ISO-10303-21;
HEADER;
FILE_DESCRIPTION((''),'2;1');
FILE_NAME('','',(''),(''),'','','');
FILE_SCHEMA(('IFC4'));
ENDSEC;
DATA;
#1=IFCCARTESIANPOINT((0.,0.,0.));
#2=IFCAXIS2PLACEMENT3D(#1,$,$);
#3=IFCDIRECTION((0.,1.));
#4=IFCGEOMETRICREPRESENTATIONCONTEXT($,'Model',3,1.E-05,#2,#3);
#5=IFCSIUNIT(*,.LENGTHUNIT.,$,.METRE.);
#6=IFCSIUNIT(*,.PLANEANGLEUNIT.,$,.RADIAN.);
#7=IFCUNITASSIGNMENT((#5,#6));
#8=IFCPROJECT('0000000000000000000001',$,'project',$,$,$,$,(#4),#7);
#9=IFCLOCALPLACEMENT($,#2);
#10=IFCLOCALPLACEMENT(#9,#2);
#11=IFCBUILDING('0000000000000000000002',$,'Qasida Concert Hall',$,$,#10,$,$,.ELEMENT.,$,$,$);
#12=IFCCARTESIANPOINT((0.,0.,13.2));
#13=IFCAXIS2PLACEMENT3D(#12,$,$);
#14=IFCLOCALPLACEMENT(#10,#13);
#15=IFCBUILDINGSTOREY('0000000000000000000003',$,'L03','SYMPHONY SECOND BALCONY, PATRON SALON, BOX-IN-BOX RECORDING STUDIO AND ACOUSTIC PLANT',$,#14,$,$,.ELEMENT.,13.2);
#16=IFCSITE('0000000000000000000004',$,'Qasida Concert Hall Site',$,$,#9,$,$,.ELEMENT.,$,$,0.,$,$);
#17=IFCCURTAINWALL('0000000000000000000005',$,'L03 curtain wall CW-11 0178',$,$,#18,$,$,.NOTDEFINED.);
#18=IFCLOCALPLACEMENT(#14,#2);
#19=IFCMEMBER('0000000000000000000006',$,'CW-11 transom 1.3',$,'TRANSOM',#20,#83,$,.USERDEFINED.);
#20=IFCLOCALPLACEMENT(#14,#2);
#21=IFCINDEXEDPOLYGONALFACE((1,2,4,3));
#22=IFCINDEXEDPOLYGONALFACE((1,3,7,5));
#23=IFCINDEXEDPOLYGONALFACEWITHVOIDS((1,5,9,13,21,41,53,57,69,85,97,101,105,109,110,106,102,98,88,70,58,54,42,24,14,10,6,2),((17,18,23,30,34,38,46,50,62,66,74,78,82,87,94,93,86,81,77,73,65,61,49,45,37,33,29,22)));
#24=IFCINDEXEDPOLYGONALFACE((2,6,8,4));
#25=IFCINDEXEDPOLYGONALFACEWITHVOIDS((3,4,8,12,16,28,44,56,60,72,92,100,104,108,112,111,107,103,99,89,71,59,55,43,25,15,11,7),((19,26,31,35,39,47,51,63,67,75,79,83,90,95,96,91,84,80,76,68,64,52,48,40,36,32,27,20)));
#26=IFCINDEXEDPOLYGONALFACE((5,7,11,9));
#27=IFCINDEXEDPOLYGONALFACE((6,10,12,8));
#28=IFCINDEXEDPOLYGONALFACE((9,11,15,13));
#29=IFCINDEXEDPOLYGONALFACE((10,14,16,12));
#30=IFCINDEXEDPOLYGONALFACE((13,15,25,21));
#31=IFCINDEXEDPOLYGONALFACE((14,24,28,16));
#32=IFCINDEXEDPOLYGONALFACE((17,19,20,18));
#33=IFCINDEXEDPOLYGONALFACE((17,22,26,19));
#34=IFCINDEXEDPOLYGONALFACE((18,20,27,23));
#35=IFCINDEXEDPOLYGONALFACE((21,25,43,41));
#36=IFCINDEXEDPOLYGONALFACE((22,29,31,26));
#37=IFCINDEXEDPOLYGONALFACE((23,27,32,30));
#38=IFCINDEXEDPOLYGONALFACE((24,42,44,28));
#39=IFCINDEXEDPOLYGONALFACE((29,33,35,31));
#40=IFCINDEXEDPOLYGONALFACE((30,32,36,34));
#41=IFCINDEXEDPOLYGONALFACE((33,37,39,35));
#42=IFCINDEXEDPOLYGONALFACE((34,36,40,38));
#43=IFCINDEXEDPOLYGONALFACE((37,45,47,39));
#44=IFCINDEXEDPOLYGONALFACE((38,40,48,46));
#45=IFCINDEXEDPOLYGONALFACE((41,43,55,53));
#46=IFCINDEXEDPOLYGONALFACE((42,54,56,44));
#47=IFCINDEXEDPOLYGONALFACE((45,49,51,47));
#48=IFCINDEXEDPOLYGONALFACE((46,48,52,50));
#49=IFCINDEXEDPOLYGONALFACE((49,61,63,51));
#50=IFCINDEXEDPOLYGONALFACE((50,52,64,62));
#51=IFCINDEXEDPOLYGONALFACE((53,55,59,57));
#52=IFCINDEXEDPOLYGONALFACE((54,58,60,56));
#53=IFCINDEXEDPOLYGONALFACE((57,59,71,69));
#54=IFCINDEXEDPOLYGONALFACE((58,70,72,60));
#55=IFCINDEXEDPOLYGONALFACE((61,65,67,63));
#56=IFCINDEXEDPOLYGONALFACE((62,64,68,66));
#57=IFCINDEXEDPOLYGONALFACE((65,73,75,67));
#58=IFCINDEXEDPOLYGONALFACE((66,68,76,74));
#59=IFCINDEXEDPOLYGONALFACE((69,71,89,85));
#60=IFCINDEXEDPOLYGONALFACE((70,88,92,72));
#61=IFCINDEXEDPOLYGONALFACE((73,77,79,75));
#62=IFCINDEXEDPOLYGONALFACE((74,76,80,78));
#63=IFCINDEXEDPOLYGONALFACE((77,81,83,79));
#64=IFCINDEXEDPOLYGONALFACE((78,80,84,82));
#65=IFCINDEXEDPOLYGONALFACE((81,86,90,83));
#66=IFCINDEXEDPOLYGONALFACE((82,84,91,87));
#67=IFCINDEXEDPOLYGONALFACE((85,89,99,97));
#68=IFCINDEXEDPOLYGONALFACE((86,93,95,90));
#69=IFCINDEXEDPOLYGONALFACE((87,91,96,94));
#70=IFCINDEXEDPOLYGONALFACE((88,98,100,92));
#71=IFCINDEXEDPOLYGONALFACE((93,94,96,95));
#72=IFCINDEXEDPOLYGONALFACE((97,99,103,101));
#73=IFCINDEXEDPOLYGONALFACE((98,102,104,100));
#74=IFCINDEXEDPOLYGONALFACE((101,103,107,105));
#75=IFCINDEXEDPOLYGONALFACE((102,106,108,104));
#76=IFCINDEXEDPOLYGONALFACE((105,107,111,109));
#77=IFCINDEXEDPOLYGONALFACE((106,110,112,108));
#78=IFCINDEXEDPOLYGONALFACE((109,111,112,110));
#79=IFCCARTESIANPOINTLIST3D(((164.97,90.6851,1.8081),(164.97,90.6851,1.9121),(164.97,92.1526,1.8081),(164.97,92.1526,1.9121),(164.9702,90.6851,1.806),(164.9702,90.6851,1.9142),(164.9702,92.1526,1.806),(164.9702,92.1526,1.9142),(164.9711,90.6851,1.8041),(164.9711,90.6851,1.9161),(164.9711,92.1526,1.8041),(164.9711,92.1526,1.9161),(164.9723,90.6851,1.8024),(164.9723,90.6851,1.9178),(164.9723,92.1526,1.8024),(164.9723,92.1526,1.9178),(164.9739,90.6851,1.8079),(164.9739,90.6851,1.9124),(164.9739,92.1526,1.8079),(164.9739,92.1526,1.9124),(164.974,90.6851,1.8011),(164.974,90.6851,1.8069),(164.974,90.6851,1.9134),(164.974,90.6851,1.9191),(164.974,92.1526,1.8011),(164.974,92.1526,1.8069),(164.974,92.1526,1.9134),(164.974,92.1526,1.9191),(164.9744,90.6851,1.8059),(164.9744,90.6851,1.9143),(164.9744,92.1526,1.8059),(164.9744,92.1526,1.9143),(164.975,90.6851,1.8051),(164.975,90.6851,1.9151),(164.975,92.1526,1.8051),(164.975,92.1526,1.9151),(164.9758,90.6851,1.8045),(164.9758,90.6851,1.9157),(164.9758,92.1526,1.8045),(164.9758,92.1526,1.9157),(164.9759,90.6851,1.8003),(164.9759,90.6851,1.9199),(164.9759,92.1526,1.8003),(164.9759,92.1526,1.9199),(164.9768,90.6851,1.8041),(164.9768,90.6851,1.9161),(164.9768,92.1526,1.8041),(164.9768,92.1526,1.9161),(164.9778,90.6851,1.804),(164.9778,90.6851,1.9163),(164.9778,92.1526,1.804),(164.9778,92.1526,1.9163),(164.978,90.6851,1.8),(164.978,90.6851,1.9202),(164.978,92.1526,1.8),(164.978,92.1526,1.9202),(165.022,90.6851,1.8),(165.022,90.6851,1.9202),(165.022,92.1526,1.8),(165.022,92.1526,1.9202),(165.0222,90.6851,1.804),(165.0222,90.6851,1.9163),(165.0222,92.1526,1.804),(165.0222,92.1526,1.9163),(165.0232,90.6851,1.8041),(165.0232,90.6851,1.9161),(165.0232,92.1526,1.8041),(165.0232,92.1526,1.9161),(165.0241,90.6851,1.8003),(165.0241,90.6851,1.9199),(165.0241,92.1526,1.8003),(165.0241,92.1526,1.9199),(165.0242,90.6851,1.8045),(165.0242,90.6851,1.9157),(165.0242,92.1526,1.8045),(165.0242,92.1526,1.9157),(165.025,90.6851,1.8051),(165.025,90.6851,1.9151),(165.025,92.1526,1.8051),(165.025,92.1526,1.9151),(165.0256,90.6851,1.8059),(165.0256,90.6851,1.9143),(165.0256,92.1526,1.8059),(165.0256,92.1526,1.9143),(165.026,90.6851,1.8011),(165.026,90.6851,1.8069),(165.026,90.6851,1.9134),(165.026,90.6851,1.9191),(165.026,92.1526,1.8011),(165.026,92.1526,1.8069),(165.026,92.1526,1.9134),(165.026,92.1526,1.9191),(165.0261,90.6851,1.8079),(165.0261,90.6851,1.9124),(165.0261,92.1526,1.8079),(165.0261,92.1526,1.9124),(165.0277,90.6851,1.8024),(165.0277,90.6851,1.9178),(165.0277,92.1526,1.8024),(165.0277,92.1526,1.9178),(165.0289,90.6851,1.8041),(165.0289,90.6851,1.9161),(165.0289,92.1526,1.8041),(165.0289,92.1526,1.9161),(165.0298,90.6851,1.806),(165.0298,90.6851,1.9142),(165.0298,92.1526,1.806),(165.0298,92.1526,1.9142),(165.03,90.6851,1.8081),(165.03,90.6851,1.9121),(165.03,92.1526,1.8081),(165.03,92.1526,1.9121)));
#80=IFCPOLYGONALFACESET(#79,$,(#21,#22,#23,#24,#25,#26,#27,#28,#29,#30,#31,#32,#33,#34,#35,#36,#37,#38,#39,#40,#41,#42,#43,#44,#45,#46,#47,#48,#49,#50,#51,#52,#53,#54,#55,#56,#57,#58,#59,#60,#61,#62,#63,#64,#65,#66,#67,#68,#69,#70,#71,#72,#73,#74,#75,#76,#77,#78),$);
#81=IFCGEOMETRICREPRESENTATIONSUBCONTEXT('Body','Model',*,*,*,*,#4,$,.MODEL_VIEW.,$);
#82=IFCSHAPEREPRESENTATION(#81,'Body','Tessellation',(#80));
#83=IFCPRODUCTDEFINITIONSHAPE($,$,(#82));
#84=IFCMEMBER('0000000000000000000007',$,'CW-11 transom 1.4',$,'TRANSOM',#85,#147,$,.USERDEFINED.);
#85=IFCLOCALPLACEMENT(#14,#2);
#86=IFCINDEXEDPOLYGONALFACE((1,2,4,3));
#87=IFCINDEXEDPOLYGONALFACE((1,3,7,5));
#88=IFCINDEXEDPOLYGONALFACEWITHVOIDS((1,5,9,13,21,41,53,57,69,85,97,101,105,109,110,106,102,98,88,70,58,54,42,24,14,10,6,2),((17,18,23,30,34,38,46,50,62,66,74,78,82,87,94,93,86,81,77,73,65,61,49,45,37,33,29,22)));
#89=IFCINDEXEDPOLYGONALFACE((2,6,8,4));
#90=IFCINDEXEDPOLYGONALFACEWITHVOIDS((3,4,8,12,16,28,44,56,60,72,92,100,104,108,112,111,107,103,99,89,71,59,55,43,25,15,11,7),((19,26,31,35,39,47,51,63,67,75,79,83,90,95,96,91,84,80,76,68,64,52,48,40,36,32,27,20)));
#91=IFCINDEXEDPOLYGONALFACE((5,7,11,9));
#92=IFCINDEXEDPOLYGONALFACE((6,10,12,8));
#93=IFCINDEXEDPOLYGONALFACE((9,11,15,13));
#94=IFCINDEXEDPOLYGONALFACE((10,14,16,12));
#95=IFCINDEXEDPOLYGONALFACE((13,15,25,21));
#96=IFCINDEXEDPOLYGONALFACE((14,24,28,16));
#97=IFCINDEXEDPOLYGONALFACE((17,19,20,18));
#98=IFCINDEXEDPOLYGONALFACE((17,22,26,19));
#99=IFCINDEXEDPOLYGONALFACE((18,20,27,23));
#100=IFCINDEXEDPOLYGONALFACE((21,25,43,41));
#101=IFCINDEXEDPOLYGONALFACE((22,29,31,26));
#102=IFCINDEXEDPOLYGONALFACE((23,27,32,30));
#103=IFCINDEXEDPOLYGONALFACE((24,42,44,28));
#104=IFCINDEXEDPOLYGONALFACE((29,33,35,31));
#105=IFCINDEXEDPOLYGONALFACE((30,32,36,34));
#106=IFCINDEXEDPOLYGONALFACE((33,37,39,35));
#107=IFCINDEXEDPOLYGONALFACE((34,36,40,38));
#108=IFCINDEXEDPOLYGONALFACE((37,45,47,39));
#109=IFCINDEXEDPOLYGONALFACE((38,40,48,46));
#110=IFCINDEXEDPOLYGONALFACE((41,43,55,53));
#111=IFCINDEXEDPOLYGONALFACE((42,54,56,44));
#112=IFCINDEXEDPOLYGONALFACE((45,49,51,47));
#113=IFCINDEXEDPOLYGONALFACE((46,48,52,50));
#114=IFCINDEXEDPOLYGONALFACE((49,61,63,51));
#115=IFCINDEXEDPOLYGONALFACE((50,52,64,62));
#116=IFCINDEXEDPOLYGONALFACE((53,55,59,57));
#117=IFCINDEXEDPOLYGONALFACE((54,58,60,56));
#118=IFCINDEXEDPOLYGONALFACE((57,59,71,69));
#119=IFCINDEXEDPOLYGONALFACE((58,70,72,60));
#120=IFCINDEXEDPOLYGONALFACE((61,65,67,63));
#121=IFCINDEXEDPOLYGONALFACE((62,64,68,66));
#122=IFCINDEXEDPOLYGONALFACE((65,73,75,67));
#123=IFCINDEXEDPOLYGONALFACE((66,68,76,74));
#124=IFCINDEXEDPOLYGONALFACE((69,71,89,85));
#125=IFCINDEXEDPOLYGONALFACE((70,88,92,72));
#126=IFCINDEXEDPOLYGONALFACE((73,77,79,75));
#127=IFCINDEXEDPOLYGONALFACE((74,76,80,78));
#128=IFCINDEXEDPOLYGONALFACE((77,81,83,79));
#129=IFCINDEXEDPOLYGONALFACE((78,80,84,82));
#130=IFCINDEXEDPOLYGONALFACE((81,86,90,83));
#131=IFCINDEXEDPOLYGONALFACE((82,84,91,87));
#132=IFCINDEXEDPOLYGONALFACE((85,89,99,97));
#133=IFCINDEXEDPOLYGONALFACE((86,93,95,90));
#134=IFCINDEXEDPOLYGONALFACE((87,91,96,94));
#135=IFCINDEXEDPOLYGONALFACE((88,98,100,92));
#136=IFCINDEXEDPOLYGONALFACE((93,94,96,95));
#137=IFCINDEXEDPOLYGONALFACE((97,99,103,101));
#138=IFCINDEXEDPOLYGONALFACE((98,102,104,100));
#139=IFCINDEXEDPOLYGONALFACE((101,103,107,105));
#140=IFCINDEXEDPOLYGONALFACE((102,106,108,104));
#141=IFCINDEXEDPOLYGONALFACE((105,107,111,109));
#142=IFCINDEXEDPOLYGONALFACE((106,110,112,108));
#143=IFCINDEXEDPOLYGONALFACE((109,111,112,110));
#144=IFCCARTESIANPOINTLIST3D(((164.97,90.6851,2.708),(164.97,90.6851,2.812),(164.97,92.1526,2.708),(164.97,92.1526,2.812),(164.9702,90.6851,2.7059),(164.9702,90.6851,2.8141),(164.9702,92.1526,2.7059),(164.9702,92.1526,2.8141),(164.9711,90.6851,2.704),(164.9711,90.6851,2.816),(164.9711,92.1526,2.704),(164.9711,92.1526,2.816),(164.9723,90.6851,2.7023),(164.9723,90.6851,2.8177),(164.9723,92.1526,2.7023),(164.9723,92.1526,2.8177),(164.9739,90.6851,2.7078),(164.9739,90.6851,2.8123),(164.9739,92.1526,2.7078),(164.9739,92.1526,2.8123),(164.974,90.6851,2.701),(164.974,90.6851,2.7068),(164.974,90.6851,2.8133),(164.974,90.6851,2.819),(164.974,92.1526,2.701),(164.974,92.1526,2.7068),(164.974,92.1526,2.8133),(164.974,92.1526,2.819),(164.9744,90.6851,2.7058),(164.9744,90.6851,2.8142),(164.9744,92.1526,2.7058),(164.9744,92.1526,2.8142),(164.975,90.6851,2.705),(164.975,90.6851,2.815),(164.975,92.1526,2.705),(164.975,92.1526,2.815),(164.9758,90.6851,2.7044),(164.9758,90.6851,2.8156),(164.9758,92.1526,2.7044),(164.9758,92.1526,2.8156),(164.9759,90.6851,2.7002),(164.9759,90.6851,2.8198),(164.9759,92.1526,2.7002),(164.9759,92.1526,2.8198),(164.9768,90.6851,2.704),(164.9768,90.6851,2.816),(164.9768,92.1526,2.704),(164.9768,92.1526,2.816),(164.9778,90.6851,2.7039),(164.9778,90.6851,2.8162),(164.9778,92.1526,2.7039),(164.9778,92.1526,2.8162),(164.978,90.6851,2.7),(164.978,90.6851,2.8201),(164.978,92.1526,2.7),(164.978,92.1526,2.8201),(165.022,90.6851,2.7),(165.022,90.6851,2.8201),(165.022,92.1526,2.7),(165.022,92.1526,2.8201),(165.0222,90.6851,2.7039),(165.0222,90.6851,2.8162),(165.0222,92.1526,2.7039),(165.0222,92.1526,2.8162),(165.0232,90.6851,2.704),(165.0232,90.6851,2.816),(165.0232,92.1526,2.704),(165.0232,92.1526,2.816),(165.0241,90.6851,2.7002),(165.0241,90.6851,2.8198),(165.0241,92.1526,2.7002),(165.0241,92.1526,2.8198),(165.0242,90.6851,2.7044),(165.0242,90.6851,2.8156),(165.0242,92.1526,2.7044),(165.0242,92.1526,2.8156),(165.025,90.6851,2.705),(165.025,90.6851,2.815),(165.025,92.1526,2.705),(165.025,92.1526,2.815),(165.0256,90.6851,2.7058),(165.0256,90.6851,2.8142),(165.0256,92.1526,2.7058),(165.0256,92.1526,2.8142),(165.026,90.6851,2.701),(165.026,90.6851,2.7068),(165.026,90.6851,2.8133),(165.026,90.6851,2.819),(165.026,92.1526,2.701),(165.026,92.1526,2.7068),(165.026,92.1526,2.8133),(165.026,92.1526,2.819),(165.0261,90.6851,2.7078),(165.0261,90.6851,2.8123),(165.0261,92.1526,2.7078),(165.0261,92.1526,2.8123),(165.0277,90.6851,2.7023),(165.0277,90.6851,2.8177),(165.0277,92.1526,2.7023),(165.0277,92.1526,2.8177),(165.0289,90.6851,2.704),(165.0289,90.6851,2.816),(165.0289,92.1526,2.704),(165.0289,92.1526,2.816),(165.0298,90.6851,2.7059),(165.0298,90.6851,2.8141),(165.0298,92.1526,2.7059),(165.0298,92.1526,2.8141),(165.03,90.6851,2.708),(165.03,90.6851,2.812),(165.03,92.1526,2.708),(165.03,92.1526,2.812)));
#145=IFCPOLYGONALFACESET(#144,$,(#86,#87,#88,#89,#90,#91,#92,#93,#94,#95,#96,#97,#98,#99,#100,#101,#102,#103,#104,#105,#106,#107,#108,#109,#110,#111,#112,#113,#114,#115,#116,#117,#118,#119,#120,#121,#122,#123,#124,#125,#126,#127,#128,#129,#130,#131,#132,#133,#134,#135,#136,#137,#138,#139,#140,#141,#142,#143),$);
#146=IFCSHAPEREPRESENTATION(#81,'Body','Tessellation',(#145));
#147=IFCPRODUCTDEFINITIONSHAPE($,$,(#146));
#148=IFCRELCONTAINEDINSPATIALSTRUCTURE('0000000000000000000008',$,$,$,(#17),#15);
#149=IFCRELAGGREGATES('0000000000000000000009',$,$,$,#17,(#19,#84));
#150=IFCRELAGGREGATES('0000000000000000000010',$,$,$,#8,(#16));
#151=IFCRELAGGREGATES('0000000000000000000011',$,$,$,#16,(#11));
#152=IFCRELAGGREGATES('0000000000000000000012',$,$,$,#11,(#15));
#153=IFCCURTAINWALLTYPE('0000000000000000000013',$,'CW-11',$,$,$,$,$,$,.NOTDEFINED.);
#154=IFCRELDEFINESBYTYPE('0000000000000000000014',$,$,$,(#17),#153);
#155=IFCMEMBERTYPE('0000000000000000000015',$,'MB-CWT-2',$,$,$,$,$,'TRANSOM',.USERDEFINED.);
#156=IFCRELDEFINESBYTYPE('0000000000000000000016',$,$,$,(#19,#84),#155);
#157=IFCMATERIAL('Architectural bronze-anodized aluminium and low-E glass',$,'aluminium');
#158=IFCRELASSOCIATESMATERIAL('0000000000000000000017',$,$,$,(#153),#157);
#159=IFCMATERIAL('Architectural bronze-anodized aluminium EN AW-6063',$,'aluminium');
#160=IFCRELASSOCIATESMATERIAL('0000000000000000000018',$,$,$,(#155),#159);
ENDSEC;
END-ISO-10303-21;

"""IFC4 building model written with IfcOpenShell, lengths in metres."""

from ifc_helpers import new_model, si_unit, direction, frame, origin, origin_2d, place, context, subcontext, project, spatial, hollow_rectangle, extrude, material, material_profile, profile_set, type_object, element, aggregate, save


model = new_model("IFC4")

# Units and contexts
model_context = context("Model", 3, precision=1e-05, world=origin(), true_north=direction((0.0, 1.0)))
body_context = subcontext(model_context, "Body", "Model", "MODEL_VIEW")
ifc_project = project(units=[si_unit("LENGTHUNIT", "METRE"), si_unit("PLANEANGLEUNIT", "RADIAN")], contexts=[model_context])

# Site, building, storey
site_placement = place(None, origin())
site = spatial("IfcSite", under=ifc_project, at=site_placement, Name="Qasida Concert Hall Site", CompositionType="ELEMENT", RefElevation=0.0)
building_placement = place(site_placement, origin())
building = spatial("IfcBuilding", under=site, at=building_placement, Name="Qasida Concert Hall", CompositionType="ELEMENT")
storey_placement = place(building_placement, frame((0.0, 0.0, 13.2)))
storey = spatial("IfcBuildingStorey", under=building, at=storey_placement, Name="L03", Description="SYMPHONY SECOND BALCONY, PATRON SALON, BOX-IN-BOX RECORDING STUDIO AND ACOUSTIC PLANT", CompositionType="ELEMENT", Elevation=13.2)

# Curtain wall, members
ifc_material_1 = material(Name="Architectural bronze-anodized aluminium and low-E glass", Category="aluminium")
curtain_wall_type = type_object("IfcCurtainWallType", Name="CW-11", PredefinedType="NOTDEFINED", material=ifc_material_1)
curtain_wall_placement = place(storey_placement, origin())
curtain_wall = element("IfcCurtainWall", 1, at=curtain_wall_placement, inside=storey, type_object=curtain_wall_type, Name="L03 curtain wall CW-11 0178", PredefinedType="NOTDEFINED")
ifc_material_2 = material(Name="Architectural bronze-anodized aluminium EN AW-6063", Category="aluminium")
ifc_material_profile_1 = material_profile(ifc_material_2, hollow_rectangle(XDim=0.0601, YDim=0.1201, WallThickness=0.0039, InnerFilletRadius=0.0039, OuterFilletRadius=0.0081, at=origin_2d()), Name="CWT 120x60x4")
ifc_profile_set_1 = profile_set([ifc_material_profile_1], Name="Architectural bronze-anodized aluminium EN AW-6063")
member_type_1 = type_object("IfcMemberType", Name="MB-CWT-2", ElementType="TRANSOM", PredefinedType="USERDEFINED", material=ifc_profile_set_1)
member_1_placement = place(storey_placement, frame((165.0, 90.6851, 1.8601), z_axis=(0.0, 1.0, 0.0), x_axis=(-1.0, 0.0, 0.0)))
member_1 = element("IfcMember", 2, at=member_1_placement, type_object=member_type_1, Name="CW-11 transom 1.3", ObjectType="TRANSOM", PredefinedType="USERDEFINED", context=body_context, shape_type="SweptSolid", body=[
    extrude(hollow_rectangle(XDim=0.0601, YDim=0.1201, WallThickness=0.0039, InnerFilletRadius=0.0039, OuterFilletRadius=0.0081, at=origin_2d()), origin(), (0.0, 0.0, 1.0), 1.4675),
])
member_2_placement = place(storey_placement, frame((165.0, 90.6851, 2.76), z_axis=(0.0, 1.0, 0.0), x_axis=(-1.0, 0.0, 0.0)))
member_2 = element("IfcMember", 3, at=member_2_placement, type_object=member_type_1, Name="CW-11 transom 1.4", ObjectType="TRANSOM", PredefinedType="USERDEFINED", context=body_context, shape_type="SweptSolid", body=[
    extrude(hollow_rectangle(XDim=0.0601, YDim=0.1201, WallThickness=0.0039, InnerFilletRadius=0.0039, OuterFilletRadius=0.0081, at=origin_2d()), origin(), (0.0, 0.0, 1.0), 1.4675),
])
aggregate(curtain_wall, [member_1, member_2])

save(model, "model.ifc")
